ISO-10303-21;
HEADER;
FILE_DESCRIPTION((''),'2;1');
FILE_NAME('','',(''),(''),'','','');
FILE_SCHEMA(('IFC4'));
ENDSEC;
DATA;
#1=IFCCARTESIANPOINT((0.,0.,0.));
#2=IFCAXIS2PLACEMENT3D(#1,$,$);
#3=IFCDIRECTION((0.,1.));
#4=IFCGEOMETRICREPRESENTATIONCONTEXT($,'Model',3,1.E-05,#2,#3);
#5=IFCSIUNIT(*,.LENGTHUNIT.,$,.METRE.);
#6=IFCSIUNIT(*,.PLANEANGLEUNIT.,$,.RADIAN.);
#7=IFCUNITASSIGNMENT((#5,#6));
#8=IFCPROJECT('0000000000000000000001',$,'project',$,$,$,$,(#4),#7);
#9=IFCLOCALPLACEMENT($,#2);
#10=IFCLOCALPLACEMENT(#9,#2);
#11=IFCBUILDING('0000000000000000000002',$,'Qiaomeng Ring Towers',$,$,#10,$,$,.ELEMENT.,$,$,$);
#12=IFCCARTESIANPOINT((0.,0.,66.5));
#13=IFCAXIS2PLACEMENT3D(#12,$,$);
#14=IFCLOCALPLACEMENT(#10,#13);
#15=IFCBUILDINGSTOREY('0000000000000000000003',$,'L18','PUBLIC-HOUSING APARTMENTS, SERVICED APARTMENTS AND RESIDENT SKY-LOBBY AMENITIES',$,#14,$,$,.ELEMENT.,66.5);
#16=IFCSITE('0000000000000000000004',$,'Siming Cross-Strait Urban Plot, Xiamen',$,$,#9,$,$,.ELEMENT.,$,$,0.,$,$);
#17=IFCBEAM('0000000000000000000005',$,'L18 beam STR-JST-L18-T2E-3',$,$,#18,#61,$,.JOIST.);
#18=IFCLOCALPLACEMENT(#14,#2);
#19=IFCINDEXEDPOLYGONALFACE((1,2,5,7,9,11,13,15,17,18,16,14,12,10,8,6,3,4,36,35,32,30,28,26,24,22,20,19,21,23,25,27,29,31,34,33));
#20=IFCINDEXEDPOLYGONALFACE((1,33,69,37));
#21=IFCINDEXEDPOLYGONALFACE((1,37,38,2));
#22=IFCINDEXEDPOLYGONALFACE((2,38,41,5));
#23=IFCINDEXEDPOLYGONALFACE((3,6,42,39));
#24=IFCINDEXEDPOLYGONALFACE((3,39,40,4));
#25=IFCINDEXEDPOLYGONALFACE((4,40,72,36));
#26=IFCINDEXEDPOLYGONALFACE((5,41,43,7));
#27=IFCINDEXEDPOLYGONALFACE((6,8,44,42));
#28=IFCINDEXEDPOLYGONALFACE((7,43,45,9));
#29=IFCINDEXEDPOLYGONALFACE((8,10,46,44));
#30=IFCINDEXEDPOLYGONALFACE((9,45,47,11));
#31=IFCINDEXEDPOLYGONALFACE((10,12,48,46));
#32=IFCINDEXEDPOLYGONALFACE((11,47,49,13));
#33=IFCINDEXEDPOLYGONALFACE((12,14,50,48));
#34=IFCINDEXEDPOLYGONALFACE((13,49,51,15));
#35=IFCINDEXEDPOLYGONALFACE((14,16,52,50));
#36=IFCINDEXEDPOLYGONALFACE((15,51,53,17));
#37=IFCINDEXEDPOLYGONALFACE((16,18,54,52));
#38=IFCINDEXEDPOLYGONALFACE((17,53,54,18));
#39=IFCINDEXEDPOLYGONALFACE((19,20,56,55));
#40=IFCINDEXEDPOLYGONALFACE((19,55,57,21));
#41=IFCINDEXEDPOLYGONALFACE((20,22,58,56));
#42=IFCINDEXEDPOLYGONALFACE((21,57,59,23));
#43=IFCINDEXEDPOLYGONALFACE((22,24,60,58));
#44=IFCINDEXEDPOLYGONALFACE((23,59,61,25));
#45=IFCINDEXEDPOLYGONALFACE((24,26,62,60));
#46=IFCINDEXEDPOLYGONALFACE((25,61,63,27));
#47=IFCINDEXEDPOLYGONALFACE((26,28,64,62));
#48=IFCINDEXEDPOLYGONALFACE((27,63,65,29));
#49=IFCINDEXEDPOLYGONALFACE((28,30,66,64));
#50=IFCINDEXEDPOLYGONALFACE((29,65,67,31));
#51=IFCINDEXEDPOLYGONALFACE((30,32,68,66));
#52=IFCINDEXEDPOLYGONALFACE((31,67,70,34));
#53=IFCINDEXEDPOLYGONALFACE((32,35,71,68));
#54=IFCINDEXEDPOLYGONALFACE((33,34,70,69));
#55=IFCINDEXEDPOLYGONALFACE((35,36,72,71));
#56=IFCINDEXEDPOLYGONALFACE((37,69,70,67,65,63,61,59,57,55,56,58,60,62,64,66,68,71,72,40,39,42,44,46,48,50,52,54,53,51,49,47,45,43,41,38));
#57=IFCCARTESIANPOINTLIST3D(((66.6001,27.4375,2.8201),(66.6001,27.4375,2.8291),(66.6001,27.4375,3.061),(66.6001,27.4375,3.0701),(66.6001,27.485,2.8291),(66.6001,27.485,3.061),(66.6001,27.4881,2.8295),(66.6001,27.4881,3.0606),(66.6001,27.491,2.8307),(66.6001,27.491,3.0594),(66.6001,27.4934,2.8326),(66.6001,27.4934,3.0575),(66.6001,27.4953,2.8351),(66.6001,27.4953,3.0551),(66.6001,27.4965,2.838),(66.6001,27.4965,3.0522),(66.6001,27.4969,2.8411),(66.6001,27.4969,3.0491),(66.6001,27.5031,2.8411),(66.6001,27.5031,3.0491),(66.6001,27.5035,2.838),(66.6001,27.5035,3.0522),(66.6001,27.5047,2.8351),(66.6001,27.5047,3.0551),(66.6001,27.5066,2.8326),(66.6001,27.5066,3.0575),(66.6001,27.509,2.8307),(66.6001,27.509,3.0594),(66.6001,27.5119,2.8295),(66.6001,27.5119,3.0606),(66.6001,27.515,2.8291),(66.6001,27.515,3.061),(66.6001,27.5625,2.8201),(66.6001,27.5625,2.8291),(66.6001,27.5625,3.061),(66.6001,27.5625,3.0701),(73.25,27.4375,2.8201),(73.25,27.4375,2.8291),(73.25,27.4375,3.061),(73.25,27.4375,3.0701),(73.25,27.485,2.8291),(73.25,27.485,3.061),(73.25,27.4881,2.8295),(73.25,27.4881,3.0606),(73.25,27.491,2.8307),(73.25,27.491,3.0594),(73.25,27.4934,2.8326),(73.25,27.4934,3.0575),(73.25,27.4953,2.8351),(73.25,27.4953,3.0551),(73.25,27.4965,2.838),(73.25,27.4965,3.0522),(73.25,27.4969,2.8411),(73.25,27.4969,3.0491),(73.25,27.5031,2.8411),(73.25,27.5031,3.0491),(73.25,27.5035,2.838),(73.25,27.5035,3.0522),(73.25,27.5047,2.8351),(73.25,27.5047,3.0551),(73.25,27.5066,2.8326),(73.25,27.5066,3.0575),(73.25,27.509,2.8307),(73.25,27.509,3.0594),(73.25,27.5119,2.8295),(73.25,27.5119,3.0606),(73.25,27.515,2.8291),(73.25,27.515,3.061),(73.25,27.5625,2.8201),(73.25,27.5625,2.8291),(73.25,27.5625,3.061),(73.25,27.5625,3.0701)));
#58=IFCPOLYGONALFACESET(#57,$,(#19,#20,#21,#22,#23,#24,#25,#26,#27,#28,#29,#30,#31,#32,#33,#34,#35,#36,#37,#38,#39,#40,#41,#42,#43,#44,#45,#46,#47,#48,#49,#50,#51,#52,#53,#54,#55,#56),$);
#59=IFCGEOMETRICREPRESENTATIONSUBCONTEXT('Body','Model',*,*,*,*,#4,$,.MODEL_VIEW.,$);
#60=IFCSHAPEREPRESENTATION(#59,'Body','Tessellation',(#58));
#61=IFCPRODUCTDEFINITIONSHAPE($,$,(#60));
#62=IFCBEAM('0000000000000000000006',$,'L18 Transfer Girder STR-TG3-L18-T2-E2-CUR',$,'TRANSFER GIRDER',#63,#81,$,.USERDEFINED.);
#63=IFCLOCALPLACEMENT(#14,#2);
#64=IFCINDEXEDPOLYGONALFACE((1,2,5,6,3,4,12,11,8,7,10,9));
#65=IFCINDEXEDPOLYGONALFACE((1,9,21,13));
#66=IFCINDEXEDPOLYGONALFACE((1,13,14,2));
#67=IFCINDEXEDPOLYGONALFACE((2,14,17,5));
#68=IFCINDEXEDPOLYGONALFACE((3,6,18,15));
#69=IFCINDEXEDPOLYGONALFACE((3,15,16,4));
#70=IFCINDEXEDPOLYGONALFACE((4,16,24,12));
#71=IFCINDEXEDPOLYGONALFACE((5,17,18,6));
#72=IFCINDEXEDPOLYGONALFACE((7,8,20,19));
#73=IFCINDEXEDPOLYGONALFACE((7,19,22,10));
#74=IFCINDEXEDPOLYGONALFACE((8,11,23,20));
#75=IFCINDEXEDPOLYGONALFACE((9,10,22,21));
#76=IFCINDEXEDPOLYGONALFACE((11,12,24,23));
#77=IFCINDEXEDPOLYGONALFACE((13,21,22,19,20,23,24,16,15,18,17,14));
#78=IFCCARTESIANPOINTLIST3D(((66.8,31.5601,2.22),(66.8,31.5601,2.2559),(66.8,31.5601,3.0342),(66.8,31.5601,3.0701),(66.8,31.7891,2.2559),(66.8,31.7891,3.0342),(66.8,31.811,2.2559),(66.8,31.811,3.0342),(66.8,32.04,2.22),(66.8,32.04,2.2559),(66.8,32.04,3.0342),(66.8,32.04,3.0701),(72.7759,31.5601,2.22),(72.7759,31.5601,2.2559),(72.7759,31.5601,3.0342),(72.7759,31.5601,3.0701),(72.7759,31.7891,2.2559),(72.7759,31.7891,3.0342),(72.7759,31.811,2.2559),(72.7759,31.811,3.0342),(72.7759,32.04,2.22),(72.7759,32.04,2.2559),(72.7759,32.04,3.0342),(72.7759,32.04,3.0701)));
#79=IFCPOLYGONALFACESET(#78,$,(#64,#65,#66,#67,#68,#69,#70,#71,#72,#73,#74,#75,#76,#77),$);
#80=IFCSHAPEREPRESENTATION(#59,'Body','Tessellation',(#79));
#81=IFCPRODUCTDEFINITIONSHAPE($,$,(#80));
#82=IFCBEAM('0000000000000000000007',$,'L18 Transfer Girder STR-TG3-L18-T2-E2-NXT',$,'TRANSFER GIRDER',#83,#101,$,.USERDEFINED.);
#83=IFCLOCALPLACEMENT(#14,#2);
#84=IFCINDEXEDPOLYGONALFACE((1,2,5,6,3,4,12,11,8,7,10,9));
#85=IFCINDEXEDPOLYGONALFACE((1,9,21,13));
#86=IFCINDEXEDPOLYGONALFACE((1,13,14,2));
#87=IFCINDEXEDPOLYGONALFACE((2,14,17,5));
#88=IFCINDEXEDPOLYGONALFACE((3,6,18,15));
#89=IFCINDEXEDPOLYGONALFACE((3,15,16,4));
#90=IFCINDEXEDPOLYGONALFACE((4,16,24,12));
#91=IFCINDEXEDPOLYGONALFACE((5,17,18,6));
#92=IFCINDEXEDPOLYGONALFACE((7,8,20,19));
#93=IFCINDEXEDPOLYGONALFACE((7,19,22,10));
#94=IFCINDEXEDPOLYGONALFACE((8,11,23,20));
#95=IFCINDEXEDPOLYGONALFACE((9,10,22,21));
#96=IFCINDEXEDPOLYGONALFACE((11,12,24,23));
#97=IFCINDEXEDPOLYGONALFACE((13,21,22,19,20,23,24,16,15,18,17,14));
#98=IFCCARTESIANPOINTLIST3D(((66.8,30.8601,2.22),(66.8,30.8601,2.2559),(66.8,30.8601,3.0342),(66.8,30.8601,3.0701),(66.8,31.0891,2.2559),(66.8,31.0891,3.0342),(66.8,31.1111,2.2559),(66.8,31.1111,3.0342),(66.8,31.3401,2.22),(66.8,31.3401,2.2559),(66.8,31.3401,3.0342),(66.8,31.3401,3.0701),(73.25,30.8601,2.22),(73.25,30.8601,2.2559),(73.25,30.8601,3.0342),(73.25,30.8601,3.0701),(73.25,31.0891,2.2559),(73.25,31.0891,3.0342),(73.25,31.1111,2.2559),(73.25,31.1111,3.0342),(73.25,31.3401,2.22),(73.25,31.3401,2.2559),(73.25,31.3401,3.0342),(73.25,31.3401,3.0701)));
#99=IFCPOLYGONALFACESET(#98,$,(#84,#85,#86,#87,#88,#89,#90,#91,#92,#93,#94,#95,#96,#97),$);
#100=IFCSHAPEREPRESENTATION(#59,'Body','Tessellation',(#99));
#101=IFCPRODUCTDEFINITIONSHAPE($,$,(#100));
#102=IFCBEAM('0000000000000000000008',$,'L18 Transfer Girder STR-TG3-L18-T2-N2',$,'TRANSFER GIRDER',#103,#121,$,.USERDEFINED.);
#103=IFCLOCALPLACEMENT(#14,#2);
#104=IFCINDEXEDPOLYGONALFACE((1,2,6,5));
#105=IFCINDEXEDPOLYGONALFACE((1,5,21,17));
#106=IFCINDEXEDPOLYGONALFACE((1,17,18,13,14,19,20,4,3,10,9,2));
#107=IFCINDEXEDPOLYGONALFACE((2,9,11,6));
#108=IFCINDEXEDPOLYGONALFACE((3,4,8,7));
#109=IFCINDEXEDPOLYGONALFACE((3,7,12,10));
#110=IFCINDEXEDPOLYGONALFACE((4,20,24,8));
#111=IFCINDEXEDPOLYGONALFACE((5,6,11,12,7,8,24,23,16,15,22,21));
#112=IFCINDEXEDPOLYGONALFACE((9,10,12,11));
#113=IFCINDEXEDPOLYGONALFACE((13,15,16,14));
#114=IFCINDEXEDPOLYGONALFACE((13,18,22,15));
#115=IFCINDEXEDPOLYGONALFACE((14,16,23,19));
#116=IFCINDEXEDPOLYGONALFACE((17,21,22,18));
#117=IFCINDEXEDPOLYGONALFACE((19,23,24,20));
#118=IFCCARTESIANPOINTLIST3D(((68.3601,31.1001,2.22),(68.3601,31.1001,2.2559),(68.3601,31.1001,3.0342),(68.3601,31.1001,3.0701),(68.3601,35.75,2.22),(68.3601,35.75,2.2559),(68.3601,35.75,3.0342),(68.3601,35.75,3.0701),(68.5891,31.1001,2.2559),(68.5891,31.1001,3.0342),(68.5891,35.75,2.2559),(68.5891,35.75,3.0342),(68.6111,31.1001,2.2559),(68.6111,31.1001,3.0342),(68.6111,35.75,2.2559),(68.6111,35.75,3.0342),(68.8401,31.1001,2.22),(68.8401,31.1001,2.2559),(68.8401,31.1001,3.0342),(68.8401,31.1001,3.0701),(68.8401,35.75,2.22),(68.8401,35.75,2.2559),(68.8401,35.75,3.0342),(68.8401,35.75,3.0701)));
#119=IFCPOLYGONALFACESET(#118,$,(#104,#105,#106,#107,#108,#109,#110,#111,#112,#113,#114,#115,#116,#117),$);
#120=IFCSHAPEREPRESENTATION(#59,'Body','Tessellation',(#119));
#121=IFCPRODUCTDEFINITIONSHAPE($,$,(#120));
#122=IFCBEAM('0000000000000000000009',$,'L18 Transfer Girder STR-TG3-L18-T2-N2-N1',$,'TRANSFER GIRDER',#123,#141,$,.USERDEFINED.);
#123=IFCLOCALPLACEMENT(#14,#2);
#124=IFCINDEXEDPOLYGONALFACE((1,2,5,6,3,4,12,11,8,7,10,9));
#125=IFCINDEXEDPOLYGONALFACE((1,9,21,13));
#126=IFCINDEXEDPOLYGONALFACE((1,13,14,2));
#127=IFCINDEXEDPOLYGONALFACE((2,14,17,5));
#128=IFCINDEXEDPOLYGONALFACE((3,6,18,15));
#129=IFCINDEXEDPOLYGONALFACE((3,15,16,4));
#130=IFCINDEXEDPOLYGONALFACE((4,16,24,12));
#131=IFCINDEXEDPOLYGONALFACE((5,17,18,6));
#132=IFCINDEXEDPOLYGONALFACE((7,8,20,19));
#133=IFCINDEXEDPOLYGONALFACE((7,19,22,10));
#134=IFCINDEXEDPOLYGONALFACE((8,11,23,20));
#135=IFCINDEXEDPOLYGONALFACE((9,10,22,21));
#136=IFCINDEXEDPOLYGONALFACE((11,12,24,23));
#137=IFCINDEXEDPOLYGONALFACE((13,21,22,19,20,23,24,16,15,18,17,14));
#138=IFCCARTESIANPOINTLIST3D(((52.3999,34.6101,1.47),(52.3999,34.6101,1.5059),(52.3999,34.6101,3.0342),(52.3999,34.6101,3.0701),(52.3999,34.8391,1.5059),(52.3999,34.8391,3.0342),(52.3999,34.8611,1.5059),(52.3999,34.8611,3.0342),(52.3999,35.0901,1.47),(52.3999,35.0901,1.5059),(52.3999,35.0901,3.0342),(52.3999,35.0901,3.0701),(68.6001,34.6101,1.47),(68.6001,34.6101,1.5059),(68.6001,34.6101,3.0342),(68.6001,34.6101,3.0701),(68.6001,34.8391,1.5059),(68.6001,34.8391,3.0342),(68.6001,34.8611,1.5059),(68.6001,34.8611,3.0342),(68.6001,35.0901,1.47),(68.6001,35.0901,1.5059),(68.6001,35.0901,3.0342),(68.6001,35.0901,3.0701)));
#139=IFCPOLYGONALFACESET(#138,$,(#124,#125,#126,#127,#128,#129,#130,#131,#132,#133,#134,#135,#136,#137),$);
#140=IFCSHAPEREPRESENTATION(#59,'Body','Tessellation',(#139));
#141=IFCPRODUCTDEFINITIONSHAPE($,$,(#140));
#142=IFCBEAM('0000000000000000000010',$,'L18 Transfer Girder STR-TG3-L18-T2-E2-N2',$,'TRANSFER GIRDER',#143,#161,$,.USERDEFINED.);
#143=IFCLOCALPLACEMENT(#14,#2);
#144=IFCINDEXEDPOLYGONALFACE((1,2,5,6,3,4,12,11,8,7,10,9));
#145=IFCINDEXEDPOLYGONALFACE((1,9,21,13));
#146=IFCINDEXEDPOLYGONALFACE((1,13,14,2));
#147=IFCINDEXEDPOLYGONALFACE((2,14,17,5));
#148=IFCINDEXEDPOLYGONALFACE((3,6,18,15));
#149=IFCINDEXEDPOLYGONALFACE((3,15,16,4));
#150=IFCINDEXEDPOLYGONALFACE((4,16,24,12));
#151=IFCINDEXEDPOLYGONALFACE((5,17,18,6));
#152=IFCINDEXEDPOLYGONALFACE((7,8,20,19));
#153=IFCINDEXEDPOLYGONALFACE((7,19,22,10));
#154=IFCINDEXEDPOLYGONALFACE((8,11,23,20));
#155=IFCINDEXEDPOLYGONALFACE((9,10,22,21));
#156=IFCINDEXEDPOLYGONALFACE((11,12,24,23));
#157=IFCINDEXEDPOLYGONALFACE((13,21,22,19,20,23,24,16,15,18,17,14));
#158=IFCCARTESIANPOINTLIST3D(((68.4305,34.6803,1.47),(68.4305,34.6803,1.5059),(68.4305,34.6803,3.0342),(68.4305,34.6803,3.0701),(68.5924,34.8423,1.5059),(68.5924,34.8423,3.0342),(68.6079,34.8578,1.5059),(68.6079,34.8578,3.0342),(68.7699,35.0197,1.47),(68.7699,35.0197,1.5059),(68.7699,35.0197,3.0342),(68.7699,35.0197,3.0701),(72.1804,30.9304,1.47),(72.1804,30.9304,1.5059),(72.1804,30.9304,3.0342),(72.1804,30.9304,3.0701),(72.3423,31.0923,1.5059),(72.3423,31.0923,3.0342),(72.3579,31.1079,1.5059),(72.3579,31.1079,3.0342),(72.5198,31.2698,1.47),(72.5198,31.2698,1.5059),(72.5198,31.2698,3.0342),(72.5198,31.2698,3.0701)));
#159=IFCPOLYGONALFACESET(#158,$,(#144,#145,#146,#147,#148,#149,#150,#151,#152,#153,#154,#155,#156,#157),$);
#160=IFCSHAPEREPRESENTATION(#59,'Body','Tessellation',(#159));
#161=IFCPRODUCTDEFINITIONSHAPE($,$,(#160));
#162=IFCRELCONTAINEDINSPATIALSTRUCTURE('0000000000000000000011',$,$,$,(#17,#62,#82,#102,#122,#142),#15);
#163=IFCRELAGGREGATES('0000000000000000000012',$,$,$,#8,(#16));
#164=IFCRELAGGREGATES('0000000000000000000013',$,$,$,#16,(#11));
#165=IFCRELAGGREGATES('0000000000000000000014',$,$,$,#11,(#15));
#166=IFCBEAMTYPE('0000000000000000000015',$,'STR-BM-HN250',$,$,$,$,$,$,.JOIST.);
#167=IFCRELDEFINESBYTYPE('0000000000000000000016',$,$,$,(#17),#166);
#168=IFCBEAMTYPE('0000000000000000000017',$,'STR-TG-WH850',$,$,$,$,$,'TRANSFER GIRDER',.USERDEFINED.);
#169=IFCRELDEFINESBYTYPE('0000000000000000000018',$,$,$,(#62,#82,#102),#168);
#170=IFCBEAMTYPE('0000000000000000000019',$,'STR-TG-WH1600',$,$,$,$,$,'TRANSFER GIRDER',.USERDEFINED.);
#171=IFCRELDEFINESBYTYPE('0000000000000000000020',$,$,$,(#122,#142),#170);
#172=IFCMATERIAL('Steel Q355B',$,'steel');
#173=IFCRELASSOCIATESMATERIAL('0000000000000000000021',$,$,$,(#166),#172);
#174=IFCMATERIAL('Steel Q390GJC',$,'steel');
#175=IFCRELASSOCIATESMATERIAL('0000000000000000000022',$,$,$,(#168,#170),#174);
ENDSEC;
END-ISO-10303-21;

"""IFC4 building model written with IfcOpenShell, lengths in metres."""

from ifc_helpers import new_model, si_unit, direction, frame, origin, origin_2d, place, context, subcontext, project, spatial, i_section, extrude, source, transform, mapped, material, material_profile, profile_set, type_object, element, save


model = new_model("IFC4")

# Units and contexts
model_context = context("Model", 3, precision=1e-05, world=origin(), true_north=direction((0.0, 1.0)))
body_context = subcontext(model_context, "Body", "Model", "MODEL_VIEW")
ifc_project = project(units=[si_unit("LENGTHUNIT", "METRE"), si_unit("PLANEANGLEUNIT", "RADIAN")], contexts=[model_context])

# Site, building, storey
site_placement = place(None, origin())
site = spatial("IfcSite", under=ifc_project, at=site_placement, Name="Siming Cross-Strait Urban Plot, Xiamen", CompositionType="ELEMENT", RefElevation=0.0)
building_placement = place(site_placement, origin())
building = spatial("IfcBuilding", under=site, at=building_placement, Name="Qiaomeng Ring Towers", CompositionType="ELEMENT")
storey_placement = place(building_placement, frame((0.0, 0.0, 66.5)))
storey = spatial("IfcBuildingStorey", under=building, at=storey_placement, Name="L18", Description="PUBLIC-HOUSING APARTMENTS, SERVICED APARTMENTS AND RESIDENT SKY-LOBBY AMENITIES", CompositionType="ELEMENT", Elevation=66.5)

# Beams
ifc_material_1 = material(Name="Steel Q355B", Category="steel")
ifc_material_profile_1 = material_profile(ifc_material_1, i_section(OverallWidth=0.125, OverallDepth=0.25, WebThickness=0.0061, FlangeThickness=0.009, FilletRadius=0.012, at=origin_2d()), Name="HN 250x125x6x9")
ifc_profile_set_1 = profile_set([ifc_material_profile_1], Name="Steel Q355B")
beam_type_1 = type_object("IfcBeamType", Name="STR-BM-HN250", PredefinedType="JOIST", material=ifc_profile_set_1)
shared_shape_1 = source(origin(), body_context, "Body", "SweptSolid", [
    extrude(i_section(OverallWidth=0.125, OverallDepth=0.25, WebThickness=0.0061, FlangeThickness=0.009, FilletRadius=0.012, at=origin_2d()), origin(), (0.0, 0.0, 1.0), 6.6499),
])
for number, where, z_axis, x_axis, name in (
    (1, (66.6001, 27.5, 2.9451), (1.0, 0.0, 0.0), (0.0, 1.0, 0.0), "L18 beam STR-JST-L18-T2E-3"),
):
    element("IfcBeam", number, at=place(storey_placement, frame(where, z_axis=z_axis, x_axis=x_axis)), inside=storey, type_object=beam_type_1, Name=name, PredefinedType="JOIST", context=body_context, shape_type="MappedRepresentation", body=[
        mapped(shared_shape_1, transform((0.0, 0.0, 0.0), x_axis=(1.0, 0.0, 0.0), y_axis=(0.0, 1.0, 0.0), z_axis=(0.0, 0.0, 1.0), scale=1.0)),
    ])
ifc_material_2 = material(Name="Steel Q390GJC", Category="steel")
ifc_material_profile_2 = material_profile(ifc_material_2, i_section(OverallWidth=0.48, OverallDepth=0.8501, WebThickness=0.022, FlangeThickness=0.0359, at=origin_2d()), Name="WH 850x480x22x36")
ifc_profile_set_2 = profile_set([ifc_material_profile_2], Name="Steel Q390GJC")
beam_type_2 = type_object("IfcBeamType", Name="STR-TG-WH850", ElementType="TRANSFER GIRDER", PredefinedType="USERDEFINED", material=ifc_profile_set_2)
shared_shape_2 = source(origin(), body_context, "Body", "SweptSolid", [
    extrude(i_section(OverallWidth=0.48, OverallDepth=0.8501, WebThickness=0.022, FlangeThickness=0.0359, at=origin_2d()), origin(), (0.0, 0.0, 1.0), 5.9758),
])
beam_1_placement = place(storey_placement, frame((66.8, 31.8, 2.645), z_axis=(1.0, 0.0, 0.0), x_axis=(0.0, 1.0, 0.0)))
element("IfcBeam", 2, at=beam_1_placement, inside=storey, type_object=beam_type_2, Name="L18 Transfer Girder STR-TG3-L18-T2-E2-CUR", ObjectType="TRANSFER GIRDER", PredefinedType="USERDEFINED", context=body_context, shape_type="MappedRepresentation", body=[
    mapped(shared_shape_2, transform((0.0, 0.0, 0.0), x_axis=(1.0, 0.0, 0.0), y_axis=(0.0, 1.0, 0.0), z_axis=(0.0, 0.0, 1.0), scale=1.0)),
])
shared_shape_3 = source(origin(), body_context, "Body", "SweptSolid", [
    extrude(i_section(OverallWidth=0.48, OverallDepth=0.8501, WebThickness=0.022, FlangeThickness=0.0359, at=origin_2d()), origin(), (0.0, 0.0, 1.0), 6.45),
])
beam_2_placement = place(storey_placement, frame((66.8, 31.1001, 2.645), z_axis=(1.0, 0.0, 0.0), x_axis=(0.0, 1.0, 0.0)))
element("IfcBeam", 3, at=beam_2_placement, inside=storey, type_object=beam_type_2, Name="L18 Transfer Girder STR-TG3-L18-T2-E2-NXT", ObjectType="TRANSFER GIRDER", PredefinedType="USERDEFINED", context=body_context, shape_type="MappedRepresentation", body=[
    mapped(shared_shape_3, transform((0.0, 0.0, 0.0), x_axis=(1.0, 0.0, 0.0), y_axis=(0.0, 1.0, 0.0), z_axis=(0.0, 0.0, 1.0), scale=1.0)),
])
shared_shape_4 = source(origin(), body_context, "Body", "SweptSolid", [
    extrude(i_section(OverallWidth=0.48, OverallDepth=0.8501, WebThickness=0.022, FlangeThickness=0.0359, at=origin_2d()), origin(), (0.0, 0.0, 1.0), 4.6499),
])
beam_3_placement = place(storey_placement, frame((68.6001, 35.75, 2.645), z_axis=(0.0, -1.0, 0.0), x_axis=(1.0, 0.0, 0.0)))
element("IfcBeam", 4, at=beam_3_placement, inside=storey, type_object=beam_type_2, Name="L18 Transfer Girder STR-TG3-L18-T2-N2", ObjectType="TRANSFER GIRDER", PredefinedType="USERDEFINED", context=body_context, shape_type="MappedRepresentation", body=[
    mapped(shared_shape_4, transform((0.0, 0.0, 0.0), x_axis=(1.0, 0.0, 0.0), y_axis=(0.0, 1.0, 0.0), z_axis=(0.0, 0.0, 1.0), scale=1.0)),
])
ifc_material_profile_3 = material_profile(ifc_material_2, i_section(OverallWidth=0.48, OverallDepth=1.6001, WebThickness=0.022, FlangeThickness=0.0359, at=origin_2d()), Name="WH 1600x480x22x36")
ifc_profile_set_3 = profile_set([ifc_material_profile_3], Name="Steel Q390GJC")
beam_type_3 = type_object("IfcBeamType", Name="STR-TG-WH1600", ElementType="TRANSFER GIRDER", PredefinedType="USERDEFINED", material=ifc_profile_set_3)
shared_shape_5 = source(origin(), body_context, "Body", "SweptSolid", [
    extrude(i_section(OverallWidth=0.48, OverallDepth=1.6001, WebThickness=0.022, FlangeThickness=0.0359, at=origin_2d()), origin(), (0.0, 0.0, 1.0), 16.2002),
])
beam_4_placement = place(storey_placement, frame((68.6001, 34.8501, 2.27), z_axis=(-1.0, 0.0, 0.0), x_axis=(0.0, -1.0, 0.0)))
element("IfcBeam", 5, at=beam_4_placement, inside=storey, type_object=beam_type_3, Name="L18 Transfer Girder STR-TG3-L18-T2-N2-N1", ObjectType="TRANSFER GIRDER", PredefinedType="USERDEFINED", context=body_context, shape_type="MappedRepresentation", body=[
    mapped(shared_shape_5, transform((0.0, 0.0, 0.0), x_axis=(1.0, 0.0, 0.0), y_axis=(0.0, 1.0, 0.0), z_axis=(0.0, 0.0, 1.0), scale=1.0)),
])
shared_shape_6 = source(origin(), body_context, "Body", "SweptSolid", [
    extrude(i_section(OverallWidth=0.48, OverallDepth=1.6001, WebThickness=0.022, FlangeThickness=0.0359, at=origin_2d()), origin(), (0.0, 0.0, 1.0), 5.3032),
])
beam_5_placement = place(storey_placement, frame((72.3501, 31.1001, 2.27), z_axis=(-0.707107, 0.707107, 0.0), x_axis=(-0.707107, -0.707107, 0.0)))
element("IfcBeam", 6, at=beam_5_placement, inside=storey, type_object=beam_type_3, Name="L18 Transfer Girder STR-TG3-L18-T2-E2-N2", ObjectType="TRANSFER GIRDER", PredefinedType="USERDEFINED", context=body_context, shape_type="MappedRepresentation", body=[
    mapped(shared_shape_6, transform((0.0, 0.0, 0.0), x_axis=(1.0, 0.0, 0.0), y_axis=(0.0, 1.0, 0.0), z_axis=(0.0, 0.0, 1.0), scale=1.0)),
])

save(model, "model.ifc")
